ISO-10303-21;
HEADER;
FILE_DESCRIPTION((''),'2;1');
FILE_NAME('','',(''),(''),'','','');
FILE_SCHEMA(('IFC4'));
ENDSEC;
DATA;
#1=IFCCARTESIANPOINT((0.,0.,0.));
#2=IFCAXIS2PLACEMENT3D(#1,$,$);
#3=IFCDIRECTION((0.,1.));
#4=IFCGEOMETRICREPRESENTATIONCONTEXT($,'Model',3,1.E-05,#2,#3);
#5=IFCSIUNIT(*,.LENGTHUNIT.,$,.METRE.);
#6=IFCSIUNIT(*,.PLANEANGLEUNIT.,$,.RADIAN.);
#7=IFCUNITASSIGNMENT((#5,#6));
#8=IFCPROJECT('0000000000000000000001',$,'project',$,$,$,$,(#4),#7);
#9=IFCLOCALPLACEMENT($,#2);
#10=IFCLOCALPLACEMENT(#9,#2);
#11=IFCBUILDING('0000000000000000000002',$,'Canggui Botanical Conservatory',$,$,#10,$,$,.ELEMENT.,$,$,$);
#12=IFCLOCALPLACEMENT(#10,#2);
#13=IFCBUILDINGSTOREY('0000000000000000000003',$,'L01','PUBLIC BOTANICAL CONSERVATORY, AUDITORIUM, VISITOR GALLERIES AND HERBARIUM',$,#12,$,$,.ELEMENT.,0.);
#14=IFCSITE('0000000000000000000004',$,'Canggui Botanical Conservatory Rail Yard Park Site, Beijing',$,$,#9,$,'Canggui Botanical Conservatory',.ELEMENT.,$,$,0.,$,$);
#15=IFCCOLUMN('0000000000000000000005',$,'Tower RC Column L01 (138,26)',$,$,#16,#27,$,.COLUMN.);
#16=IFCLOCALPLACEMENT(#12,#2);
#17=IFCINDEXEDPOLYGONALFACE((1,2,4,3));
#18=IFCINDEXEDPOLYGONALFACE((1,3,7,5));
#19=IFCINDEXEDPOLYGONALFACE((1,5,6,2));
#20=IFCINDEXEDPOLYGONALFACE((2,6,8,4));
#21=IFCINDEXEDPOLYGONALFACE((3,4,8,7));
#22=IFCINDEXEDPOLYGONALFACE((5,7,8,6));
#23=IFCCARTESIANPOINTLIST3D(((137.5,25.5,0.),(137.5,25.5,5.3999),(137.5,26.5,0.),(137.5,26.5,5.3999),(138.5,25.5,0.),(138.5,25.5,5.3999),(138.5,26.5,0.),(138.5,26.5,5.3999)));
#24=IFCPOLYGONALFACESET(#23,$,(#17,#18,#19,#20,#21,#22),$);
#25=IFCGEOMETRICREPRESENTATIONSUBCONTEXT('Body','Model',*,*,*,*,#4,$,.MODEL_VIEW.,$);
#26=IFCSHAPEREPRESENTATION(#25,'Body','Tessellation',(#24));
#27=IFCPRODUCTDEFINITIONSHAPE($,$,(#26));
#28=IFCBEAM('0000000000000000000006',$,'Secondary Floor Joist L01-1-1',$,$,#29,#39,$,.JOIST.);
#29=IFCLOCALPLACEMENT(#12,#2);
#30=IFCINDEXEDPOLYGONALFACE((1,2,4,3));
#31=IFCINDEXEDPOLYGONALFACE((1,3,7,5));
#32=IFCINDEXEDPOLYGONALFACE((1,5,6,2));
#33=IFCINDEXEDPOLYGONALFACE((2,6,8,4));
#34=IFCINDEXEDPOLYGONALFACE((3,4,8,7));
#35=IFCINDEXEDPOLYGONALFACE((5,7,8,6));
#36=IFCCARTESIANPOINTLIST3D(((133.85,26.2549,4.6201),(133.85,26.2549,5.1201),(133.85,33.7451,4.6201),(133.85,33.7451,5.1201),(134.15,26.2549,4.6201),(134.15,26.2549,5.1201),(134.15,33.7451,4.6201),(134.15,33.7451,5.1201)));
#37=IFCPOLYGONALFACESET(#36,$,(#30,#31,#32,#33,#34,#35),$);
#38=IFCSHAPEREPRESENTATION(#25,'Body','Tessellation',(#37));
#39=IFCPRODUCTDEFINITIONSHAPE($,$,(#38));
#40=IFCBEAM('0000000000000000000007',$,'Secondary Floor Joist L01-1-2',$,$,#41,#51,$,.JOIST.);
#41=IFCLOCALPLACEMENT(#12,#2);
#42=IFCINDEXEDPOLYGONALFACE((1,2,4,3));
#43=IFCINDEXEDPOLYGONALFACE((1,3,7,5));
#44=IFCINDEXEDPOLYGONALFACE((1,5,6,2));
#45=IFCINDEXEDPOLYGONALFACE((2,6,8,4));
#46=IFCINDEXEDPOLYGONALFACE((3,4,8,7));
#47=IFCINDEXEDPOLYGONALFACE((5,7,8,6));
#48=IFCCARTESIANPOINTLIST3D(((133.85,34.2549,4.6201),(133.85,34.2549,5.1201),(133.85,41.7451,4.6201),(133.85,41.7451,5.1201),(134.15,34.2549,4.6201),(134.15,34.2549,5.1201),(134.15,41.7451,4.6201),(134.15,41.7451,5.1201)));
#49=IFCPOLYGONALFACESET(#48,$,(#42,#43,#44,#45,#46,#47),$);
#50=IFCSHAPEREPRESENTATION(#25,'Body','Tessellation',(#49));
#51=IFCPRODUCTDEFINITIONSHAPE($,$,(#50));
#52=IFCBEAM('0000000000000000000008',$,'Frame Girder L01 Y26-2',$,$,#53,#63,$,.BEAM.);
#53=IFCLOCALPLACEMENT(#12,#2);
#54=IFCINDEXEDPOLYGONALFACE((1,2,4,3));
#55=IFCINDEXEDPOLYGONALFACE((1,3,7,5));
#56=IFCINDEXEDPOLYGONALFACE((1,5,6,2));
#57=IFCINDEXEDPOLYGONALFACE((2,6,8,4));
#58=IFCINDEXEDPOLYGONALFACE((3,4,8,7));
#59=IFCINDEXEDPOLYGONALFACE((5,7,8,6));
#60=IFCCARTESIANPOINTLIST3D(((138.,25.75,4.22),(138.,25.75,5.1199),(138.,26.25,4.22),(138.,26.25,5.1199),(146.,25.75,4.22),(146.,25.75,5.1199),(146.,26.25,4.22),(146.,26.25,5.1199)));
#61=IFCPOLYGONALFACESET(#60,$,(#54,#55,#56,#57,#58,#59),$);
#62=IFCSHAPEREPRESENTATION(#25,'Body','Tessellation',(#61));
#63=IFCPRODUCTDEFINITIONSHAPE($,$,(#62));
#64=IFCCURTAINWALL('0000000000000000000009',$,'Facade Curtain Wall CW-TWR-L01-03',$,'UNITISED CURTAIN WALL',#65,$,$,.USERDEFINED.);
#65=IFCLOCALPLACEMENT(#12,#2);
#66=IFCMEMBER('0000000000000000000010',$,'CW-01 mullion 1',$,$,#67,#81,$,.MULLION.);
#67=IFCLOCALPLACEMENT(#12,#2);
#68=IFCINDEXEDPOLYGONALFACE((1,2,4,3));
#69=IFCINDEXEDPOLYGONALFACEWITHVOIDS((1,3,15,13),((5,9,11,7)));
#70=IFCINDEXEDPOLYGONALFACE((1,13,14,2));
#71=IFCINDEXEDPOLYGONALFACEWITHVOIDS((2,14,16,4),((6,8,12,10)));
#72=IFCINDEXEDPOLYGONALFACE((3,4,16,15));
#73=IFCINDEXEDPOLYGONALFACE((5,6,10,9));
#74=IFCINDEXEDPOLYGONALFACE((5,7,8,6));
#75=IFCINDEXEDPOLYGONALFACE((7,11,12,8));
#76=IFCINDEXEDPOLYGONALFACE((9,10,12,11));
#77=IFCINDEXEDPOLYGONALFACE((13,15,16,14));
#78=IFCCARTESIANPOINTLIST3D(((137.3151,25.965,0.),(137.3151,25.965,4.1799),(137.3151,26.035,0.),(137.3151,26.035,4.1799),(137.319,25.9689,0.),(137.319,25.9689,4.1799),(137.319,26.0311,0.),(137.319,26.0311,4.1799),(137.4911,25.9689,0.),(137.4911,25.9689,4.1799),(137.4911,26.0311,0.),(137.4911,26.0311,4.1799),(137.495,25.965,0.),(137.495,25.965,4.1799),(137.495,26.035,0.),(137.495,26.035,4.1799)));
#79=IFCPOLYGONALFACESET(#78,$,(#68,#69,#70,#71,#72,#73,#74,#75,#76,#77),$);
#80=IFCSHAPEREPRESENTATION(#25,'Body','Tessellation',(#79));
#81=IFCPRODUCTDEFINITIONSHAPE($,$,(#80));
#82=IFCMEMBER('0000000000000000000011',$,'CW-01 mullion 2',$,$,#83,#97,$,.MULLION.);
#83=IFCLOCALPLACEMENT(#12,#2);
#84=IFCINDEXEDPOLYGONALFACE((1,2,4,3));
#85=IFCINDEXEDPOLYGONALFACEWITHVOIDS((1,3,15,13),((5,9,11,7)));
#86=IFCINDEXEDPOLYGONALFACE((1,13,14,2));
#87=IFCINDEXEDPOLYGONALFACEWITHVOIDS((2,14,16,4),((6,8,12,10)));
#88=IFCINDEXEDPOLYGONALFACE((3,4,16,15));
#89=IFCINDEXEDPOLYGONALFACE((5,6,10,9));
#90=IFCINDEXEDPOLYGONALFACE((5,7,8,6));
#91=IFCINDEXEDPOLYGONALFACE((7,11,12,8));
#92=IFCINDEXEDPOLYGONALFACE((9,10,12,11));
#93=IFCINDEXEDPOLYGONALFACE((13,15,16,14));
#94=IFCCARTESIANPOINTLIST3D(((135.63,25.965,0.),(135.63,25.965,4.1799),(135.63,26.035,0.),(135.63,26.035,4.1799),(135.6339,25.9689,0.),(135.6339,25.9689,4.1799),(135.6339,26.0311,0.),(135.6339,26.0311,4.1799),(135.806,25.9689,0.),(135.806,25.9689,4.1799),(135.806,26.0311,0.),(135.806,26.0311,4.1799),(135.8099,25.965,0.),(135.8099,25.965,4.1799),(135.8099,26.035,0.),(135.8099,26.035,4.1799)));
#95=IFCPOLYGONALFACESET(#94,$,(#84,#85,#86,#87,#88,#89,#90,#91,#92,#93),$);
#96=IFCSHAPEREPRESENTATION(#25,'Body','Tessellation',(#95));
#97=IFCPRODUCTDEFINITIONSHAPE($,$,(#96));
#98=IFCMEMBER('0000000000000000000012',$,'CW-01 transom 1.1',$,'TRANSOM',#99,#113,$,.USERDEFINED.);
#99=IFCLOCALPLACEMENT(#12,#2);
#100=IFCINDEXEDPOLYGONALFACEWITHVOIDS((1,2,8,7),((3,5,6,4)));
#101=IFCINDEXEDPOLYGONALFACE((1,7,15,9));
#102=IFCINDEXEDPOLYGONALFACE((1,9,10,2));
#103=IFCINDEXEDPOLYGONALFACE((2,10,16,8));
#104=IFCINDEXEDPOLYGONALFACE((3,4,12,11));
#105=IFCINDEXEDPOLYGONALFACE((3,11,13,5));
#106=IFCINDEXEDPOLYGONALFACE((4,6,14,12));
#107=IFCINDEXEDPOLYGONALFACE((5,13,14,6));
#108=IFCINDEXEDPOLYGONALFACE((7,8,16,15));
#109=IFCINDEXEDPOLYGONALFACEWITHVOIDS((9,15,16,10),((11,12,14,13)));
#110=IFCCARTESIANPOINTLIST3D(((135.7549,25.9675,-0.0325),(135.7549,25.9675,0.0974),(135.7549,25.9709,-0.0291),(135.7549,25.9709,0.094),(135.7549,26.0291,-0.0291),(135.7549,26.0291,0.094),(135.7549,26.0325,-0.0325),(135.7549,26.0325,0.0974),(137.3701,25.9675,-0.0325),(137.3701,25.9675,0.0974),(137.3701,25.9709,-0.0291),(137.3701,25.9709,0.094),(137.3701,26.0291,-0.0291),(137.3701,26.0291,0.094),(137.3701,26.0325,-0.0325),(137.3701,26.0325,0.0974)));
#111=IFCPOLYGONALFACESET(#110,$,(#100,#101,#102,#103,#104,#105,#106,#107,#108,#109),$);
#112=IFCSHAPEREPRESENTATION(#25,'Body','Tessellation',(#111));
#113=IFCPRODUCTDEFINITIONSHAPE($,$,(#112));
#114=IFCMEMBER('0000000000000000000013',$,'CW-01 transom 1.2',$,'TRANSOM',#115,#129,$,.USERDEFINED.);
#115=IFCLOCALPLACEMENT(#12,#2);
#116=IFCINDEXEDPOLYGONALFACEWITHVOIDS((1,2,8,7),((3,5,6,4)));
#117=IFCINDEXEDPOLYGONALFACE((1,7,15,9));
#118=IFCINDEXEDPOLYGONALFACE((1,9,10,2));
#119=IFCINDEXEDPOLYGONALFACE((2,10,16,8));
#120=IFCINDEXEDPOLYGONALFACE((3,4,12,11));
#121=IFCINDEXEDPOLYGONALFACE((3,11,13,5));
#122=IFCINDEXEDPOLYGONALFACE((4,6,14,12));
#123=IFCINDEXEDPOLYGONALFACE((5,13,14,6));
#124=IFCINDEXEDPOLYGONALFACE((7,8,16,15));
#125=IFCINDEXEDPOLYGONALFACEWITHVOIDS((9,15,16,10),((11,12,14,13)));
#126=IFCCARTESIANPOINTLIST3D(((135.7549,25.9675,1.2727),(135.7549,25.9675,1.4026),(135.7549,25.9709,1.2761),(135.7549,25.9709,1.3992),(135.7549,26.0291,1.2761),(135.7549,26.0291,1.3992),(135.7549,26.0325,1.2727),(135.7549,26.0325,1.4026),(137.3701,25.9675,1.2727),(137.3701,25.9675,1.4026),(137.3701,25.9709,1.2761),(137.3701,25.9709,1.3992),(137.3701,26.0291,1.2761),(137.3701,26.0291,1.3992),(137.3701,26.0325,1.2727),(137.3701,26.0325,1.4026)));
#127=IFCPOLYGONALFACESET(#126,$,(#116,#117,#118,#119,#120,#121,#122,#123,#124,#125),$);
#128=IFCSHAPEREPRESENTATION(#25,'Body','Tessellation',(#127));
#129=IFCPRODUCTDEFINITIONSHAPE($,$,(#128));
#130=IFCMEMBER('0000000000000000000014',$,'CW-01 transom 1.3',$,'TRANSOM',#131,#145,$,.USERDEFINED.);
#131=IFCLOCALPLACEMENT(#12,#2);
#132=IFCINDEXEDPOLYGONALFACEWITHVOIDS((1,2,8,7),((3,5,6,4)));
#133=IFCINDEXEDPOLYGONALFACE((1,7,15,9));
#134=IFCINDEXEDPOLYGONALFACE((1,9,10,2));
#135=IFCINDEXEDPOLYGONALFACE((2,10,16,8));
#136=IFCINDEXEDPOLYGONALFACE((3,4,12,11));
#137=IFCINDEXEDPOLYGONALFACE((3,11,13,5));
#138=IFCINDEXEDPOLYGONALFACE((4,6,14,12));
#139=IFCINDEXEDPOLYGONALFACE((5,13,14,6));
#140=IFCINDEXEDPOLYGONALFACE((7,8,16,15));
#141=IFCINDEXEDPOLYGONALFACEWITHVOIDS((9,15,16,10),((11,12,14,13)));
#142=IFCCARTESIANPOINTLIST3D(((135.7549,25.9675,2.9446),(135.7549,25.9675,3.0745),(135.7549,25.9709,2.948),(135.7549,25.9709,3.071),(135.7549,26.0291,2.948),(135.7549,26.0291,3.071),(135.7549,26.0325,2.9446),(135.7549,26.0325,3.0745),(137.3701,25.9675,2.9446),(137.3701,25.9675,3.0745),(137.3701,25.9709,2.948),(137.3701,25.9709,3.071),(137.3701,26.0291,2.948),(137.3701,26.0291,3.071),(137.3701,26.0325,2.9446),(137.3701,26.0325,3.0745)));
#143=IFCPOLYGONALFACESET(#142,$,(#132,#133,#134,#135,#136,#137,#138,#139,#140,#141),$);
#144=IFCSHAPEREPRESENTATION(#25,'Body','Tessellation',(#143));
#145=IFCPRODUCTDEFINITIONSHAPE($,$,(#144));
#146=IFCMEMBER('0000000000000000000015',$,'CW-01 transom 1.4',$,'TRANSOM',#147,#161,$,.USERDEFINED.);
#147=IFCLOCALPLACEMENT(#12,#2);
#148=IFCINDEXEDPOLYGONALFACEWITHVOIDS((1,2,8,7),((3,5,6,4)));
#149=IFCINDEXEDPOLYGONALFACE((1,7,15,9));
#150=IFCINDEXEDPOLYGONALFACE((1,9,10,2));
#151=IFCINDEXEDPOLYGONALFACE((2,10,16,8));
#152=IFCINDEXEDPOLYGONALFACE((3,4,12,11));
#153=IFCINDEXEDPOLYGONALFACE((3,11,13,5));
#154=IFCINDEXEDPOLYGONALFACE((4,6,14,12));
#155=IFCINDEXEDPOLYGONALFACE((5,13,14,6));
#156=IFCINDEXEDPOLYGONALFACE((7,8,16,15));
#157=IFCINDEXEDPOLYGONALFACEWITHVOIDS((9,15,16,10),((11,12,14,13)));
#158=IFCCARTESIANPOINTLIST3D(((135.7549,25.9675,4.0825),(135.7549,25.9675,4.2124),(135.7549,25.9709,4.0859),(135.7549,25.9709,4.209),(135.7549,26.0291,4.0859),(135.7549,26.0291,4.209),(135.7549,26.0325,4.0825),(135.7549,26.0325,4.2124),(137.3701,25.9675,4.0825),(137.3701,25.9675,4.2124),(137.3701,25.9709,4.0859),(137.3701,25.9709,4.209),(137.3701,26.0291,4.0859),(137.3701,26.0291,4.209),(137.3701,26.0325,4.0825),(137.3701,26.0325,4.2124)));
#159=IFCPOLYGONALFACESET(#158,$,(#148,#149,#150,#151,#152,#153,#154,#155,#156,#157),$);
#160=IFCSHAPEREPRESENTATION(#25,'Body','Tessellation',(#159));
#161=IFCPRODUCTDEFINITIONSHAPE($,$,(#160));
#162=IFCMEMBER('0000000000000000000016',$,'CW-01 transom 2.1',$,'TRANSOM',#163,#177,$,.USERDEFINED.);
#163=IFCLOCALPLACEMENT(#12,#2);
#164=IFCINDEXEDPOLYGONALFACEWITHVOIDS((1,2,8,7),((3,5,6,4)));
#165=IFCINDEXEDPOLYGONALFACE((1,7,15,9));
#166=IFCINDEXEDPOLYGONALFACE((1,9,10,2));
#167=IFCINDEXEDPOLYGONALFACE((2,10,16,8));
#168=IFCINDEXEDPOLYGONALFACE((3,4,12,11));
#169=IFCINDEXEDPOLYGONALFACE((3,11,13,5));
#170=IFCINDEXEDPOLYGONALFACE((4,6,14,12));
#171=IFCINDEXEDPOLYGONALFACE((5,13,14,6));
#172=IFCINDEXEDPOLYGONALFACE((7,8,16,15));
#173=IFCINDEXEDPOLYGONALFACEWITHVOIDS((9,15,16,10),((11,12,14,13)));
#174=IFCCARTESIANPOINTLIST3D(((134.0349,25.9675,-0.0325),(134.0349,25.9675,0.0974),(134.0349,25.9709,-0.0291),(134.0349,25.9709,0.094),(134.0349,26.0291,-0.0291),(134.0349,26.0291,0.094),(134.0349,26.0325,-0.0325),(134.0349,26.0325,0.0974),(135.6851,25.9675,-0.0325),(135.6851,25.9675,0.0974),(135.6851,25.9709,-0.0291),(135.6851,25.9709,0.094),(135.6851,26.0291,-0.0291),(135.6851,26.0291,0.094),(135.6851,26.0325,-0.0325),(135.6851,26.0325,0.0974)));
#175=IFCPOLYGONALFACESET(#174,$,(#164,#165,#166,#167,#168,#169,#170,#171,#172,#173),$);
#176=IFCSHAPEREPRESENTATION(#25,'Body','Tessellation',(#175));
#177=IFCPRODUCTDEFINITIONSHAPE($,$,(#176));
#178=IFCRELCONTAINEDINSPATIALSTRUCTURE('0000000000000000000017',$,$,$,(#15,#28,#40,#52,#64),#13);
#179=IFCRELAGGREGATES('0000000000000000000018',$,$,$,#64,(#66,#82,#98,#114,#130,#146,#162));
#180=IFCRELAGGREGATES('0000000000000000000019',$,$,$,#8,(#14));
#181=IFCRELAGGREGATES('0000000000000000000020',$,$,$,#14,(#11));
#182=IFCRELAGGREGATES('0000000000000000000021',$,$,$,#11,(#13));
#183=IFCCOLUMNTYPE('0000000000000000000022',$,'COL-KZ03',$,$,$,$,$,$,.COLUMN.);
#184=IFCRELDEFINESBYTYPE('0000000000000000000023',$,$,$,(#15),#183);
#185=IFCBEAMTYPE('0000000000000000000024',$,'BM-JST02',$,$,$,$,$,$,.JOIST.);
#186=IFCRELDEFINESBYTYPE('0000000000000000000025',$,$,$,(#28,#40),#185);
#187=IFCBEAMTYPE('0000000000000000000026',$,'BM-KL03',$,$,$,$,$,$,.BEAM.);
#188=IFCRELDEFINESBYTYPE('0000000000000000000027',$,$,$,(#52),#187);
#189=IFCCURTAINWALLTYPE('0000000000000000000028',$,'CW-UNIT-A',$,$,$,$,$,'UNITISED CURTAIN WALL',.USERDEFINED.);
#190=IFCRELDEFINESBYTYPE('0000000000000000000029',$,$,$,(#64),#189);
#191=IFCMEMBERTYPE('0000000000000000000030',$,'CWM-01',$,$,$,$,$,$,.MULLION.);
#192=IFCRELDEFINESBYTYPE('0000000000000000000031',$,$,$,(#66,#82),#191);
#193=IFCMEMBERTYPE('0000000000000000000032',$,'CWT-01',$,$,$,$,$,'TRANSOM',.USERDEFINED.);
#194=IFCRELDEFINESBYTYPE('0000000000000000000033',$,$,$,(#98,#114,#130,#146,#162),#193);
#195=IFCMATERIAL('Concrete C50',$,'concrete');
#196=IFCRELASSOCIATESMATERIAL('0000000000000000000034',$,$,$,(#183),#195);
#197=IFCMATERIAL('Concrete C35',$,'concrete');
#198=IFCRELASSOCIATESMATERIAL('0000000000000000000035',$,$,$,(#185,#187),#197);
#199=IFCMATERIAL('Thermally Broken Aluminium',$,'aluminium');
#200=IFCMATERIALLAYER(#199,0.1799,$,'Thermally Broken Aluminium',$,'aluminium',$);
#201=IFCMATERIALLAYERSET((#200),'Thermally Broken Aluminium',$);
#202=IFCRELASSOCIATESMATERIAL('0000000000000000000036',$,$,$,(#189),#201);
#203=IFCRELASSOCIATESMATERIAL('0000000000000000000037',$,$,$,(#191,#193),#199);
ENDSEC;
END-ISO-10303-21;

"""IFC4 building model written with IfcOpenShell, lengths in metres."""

from ifc_helpers import new_model, si_unit, direction, frame, origin, origin_2d, place, context, subcontext, project, spatial, rectangle, hollow_rectangle, extrude, material, layer, layer_set, material_profile, profile_set, type_object, element, aggregate, save


model = new_model("IFC4")

# Units and contexts
model_context = context("Model", 3, precision=1e-05, world=origin(), true_north=direction((0.0, 1.0)))
body_context = subcontext(model_context, "Body", "Model", "MODEL_VIEW")
ifc_project = project(units=[si_unit("LENGTHUNIT", "METRE"), si_unit("PLANEANGLEUNIT", "RADIAN")], contexts=[model_context])

# Site, building, storey
site_placement = place(None, origin())
site = spatial("IfcSite", under=ifc_project, at=site_placement, Name="Canggui Botanical Conservatory Rail Yard Park Site, Beijing", LongName="Canggui Botanical Conservatory", CompositionType="ELEMENT", RefElevation=0.0)
building_placement = place(site_placement, origin())
building = spatial("IfcBuilding", under=site, at=building_placement, Name="Canggui Botanical Conservatory", CompositionType="ELEMENT")
storey_placement = place(building_placement, origin())
storey = spatial("IfcBuildingStorey", under=building, at=storey_placement, Name="L01", Description="PUBLIC BOTANICAL CONSERVATORY, AUDITORIUM, VISITOR GALLERIES AND HERBARIUM", CompositionType="ELEMENT", Elevation=0.0)

# Column
ifc_material_1 = material(Name="Concrete C50", Category="concrete")
ifc_material_profile_1 = material_profile(ifc_material_1, rectangle(XDim=1.0, YDim=1.0, at=origin_2d()), Name="RC 1000x1000")
ifc_profile_set_1 = profile_set([ifc_material_profile_1], Name="Concrete C50")
column_type = type_object("IfcColumnType", Name="COL-KZ03", PredefinedType="COLUMN", material=ifc_profile_set_1)
column_placement = place(storey_placement, frame((138.0, 26.0, 0.0), z_axis=(0.0, 0.0, 1.0), x_axis=(1.0, 0.0, 0.0)))
element("IfcColumn", 1, at=column_placement, inside=storey, type_object=column_type, Name="Tower RC Column L01 (138,26)", PredefinedType="COLUMN", context=body_context, shape_type="SweptSolid", body=[
    extrude(rectangle(XDim=1.0, YDim=1.0, at=origin_2d()), origin(), (0.0, 0.0, 1.0), 5.3999),
])

# Beams
ifc_material_2 = material(Name="Concrete C35", Category="concrete")
ifc_material_profile_2 = material_profile(ifc_material_2, rectangle(XDim=0.3, YDim=0.5, at=origin_2d()), Name="RB 300x500")
ifc_profile_set_2 = profile_set([ifc_material_profile_2], Name="Concrete C35")
beam_type_1 = type_object("IfcBeamType", Name="BM-JST02", PredefinedType="JOIST", material=ifc_profile_set_2)
for number, where, z_axis, x_axis, name in (
    (2, (134.0, 26.2549, 4.8701), (0.0, 1.0, 0.0), (-1.0, 0.0, 0.0), "Secondary Floor Joist L01-1-1"),
    (3, (134.0, 34.2549, 4.8701), (0.0, 1.0, 0.0), (-1.0, 0.0, 0.0), "Secondary Floor Joist L01-1-2"),
):
    element("IfcBeam", number, at=place(storey_placement, frame(where, z_axis=z_axis, x_axis=x_axis)), inside=storey, type_object=beam_type_1, Name=name, PredefinedType="JOIST", context=body_context, shape_type="SweptSolid", body=[
        extrude(rectangle(XDim=0.3, YDim=0.5, at=origin_2d()), origin(), (0.0, 0.0, 1.0), 7.4902),
    ])
ifc_material_profile_3 = material_profile(ifc_material_2, rectangle(XDim=0.5, YDim=0.8999, at=origin_2d()), Name="RB 500x900")
ifc_profile_set_3 = profile_set([ifc_material_profile_3], Name="Concrete C35")
beam_type_2 = type_object("IfcBeamType", Name="BM-KL03", PredefinedType="BEAM", material=ifc_profile_set_3)
beam_placement = place(storey_placement, frame((138.0, 26.0, 4.6699), z_axis=(1.0, 0.0, 0.0), x_axis=(0.0, 1.0, 0.0)))
element("IfcBeam", 4, at=beam_placement, inside=storey, type_object=beam_type_2, Name="Frame Girder L01 Y26-2", PredefinedType="BEAM", context=body_context, shape_type="SweptSolid", body=[
    extrude(rectangle(XDim=0.5, YDim=0.8999, at=origin_2d()), origin(), (0.0, 0.0, 1.0), 8.0),
])

# Curtain wall, members
ifc_material_3 = material(Name="Thermally Broken Aluminium", Category="aluminium")
ifc_layer_1 = layer(ifc_material_3, 0.1799, Name="Thermally Broken Aluminium", Category="aluminium")
ifc_layer_set_1 = layer_set([ifc_layer_1], Name="Thermally Broken Aluminium")
curtain_wall_type = type_object("IfcCurtainWallType", Name="CW-UNIT-A", ElementType="UNITISED CURTAIN WALL", PredefinedType="USERDEFINED", material=ifc_layer_set_1)
curtain_wall_placement = place(storey_placement, origin())
curtain_wall = element("IfcCurtainWall", 5, at=curtain_wall_placement, inside=storey, type_object=curtain_wall_type, Name="Facade Curtain Wall CW-TWR-L01-03", ObjectType="UNITISED CURTAIN WALL", PredefinedType="USERDEFINED")
ifc_material_profile_4 = material_profile(ifc_material_3, hollow_rectangle(XDim=0.0701, YDim=0.1799, WallThickness=0.0039, at=origin_2d()), Name="CWM 70x180x4")
ifc_profile_set_4 = profile_set([ifc_material_profile_4], Name="Thermally Broken Aluminium")
member_type_1 = type_object("IfcMemberType", Name="CWM-01", PredefinedType="MULLION", material=ifc_profile_set_4)
member_1_placement = place(storey_placement, frame((137.405, 26.0, 0.0), z_axis=(0.0, 0.0, 1.0), x_axis=(0.0, -1.0, 0.0)))
member_1 = element("IfcMember", 6, at=member_1_placement, type_object=member_type_1, Name="CW-01 mullion 1", PredefinedType="MULLION", context=body_context, shape_type="SweptSolid", body=[
    extrude(hollow_rectangle(XDim=0.0701, YDim=0.1799, WallThickness=0.0039, at=origin_2d()), origin(), (0.0, 0.0, 1.0), 4.1799),
])
member_2_placement = place(storey_placement, frame((135.72, 26.0, 0.0), z_axis=(0.0, 0.0, 1.0), x_axis=(0.0, -1.0, 0.0)))
member_2 = element("IfcMember", 7, at=member_2_placement, type_object=member_type_1, Name="CW-01 mullion 2", PredefinedType="MULLION", context=body_context, shape_type="SweptSolid", body=[
    extrude(hollow_rectangle(XDim=0.0701, YDim=0.1799, WallThickness=0.0039, at=origin_2d()), origin(), (0.0, 0.0, 1.0), 4.1799),
])
ifc_material_profile_5 = material_profile(ifc_material_3, hollow_rectangle(XDim=0.0649, YDim=0.1299, WallThickness=0.0034, at=origin_2d()), Name="CWT 65x130x3.5")
ifc_profile_set_5 = profile_set([ifc_material_profile_5], Name="Thermally Broken Aluminium")
member_type_2 = type_object("IfcMemberType", Name="CWT-01", ElementType="TRANSOM", PredefinedType="USERDEFINED", material=ifc_profile_set_5)
member_3_placement = place(storey_placement, frame((137.3701, 26.0, 0.0325), z_axis=(-1.0, 0.0, 0.0), x_axis=(0.0, -1.0, 0.0)))
member_3 = element("IfcMember", 8, at=member_3_placement, type_object=member_type_2, Name="CW-01 transom 1.1", ObjectType="TRANSOM", PredefinedType="USERDEFINED", context=body_context, shape_type="SweptSolid", body=[
    extrude(hollow_rectangle(XDim=0.0649, YDim=0.1299, WallThickness=0.0034, at=origin_2d()), origin(), (0.0, 0.0, 1.0), 1.6152),
])
member_4_placement = place(storey_placement, frame((137.3701, 26.0, 1.3376), z_axis=(-1.0, 0.0, 0.0), x_axis=(0.0, -1.0, 0.0)))
member_4 = element("IfcMember", 9, at=member_4_placement, type_object=member_type_2, Name="CW-01 transom 1.2", ObjectType="TRANSOM", PredefinedType="USERDEFINED", context=body_context, shape_type="SweptSolid", body=[
    extrude(hollow_rectangle(XDim=0.0649, YDim=0.1299, WallThickness=0.0034, at=origin_2d()), origin(), (0.0, 0.0, 1.0), 1.6152),
])
member_5_placement = place(storey_placement, frame((137.3701, 26.0, 3.0095), z_axis=(-1.0, 0.0, 0.0), x_axis=(0.0, -1.0, 0.0)))
member_5 = element("IfcMember", 10, at=member_5_placement, type_object=member_type_2, Name="CW-01 transom 1.3", ObjectType="TRANSOM", PredefinedType="USERDEFINED", context=body_context, shape_type="SweptSolid", body=[
    extrude(hollow_rectangle(XDim=0.0649, YDim=0.1299, WallThickness=0.0034, at=origin_2d()), origin(), (0.0, 0.0, 1.0), 1.6152),
])
member_6_placement = place(storey_placement, frame((137.3701, 26.0, 4.1475), z_axis=(-1.0, 0.0, 0.0), x_axis=(0.0, -1.0, 0.0)))
member_6 = element("IfcMember", 11, at=member_6_placement, type_object=member_type_2, Name="CW-01 transom 1.4", ObjectType="TRANSOM", PredefinedType="USERDEFINED", context=body_context, shape_type="SweptSolid", body=[
    extrude(hollow_rectangle(XDim=0.0649, YDim=0.1299, WallThickness=0.0034, at=origin_2d()), origin(), (0.0, 0.0, 1.0), 1.6152),
])
member_7_placement = place(storey_placement, frame((135.6851, 26.0, 0.0325), z_axis=(-1.0, 0.0, 0.0), x_axis=(0.0, -1.0, 0.0)))
member_7 = element("IfcMember", 12, at=member_7_placement, type_object=member_type_2, Name="CW-01 transom 2.1", ObjectType="TRANSOM", PredefinedType="USERDEFINED", context=body_context, shape_type="SweptSolid", body=[
    extrude(hollow_rectangle(XDim=0.0649, YDim=0.1299, WallThickness=0.0034, at=origin_2d()), origin(), (0.0, 0.0, 1.0), 1.6501),
])
aggregate(curtain_wall, [member_1, member_2, member_3, member_4, member_5, member_6, member_7])

save(model, "model.ifc")
